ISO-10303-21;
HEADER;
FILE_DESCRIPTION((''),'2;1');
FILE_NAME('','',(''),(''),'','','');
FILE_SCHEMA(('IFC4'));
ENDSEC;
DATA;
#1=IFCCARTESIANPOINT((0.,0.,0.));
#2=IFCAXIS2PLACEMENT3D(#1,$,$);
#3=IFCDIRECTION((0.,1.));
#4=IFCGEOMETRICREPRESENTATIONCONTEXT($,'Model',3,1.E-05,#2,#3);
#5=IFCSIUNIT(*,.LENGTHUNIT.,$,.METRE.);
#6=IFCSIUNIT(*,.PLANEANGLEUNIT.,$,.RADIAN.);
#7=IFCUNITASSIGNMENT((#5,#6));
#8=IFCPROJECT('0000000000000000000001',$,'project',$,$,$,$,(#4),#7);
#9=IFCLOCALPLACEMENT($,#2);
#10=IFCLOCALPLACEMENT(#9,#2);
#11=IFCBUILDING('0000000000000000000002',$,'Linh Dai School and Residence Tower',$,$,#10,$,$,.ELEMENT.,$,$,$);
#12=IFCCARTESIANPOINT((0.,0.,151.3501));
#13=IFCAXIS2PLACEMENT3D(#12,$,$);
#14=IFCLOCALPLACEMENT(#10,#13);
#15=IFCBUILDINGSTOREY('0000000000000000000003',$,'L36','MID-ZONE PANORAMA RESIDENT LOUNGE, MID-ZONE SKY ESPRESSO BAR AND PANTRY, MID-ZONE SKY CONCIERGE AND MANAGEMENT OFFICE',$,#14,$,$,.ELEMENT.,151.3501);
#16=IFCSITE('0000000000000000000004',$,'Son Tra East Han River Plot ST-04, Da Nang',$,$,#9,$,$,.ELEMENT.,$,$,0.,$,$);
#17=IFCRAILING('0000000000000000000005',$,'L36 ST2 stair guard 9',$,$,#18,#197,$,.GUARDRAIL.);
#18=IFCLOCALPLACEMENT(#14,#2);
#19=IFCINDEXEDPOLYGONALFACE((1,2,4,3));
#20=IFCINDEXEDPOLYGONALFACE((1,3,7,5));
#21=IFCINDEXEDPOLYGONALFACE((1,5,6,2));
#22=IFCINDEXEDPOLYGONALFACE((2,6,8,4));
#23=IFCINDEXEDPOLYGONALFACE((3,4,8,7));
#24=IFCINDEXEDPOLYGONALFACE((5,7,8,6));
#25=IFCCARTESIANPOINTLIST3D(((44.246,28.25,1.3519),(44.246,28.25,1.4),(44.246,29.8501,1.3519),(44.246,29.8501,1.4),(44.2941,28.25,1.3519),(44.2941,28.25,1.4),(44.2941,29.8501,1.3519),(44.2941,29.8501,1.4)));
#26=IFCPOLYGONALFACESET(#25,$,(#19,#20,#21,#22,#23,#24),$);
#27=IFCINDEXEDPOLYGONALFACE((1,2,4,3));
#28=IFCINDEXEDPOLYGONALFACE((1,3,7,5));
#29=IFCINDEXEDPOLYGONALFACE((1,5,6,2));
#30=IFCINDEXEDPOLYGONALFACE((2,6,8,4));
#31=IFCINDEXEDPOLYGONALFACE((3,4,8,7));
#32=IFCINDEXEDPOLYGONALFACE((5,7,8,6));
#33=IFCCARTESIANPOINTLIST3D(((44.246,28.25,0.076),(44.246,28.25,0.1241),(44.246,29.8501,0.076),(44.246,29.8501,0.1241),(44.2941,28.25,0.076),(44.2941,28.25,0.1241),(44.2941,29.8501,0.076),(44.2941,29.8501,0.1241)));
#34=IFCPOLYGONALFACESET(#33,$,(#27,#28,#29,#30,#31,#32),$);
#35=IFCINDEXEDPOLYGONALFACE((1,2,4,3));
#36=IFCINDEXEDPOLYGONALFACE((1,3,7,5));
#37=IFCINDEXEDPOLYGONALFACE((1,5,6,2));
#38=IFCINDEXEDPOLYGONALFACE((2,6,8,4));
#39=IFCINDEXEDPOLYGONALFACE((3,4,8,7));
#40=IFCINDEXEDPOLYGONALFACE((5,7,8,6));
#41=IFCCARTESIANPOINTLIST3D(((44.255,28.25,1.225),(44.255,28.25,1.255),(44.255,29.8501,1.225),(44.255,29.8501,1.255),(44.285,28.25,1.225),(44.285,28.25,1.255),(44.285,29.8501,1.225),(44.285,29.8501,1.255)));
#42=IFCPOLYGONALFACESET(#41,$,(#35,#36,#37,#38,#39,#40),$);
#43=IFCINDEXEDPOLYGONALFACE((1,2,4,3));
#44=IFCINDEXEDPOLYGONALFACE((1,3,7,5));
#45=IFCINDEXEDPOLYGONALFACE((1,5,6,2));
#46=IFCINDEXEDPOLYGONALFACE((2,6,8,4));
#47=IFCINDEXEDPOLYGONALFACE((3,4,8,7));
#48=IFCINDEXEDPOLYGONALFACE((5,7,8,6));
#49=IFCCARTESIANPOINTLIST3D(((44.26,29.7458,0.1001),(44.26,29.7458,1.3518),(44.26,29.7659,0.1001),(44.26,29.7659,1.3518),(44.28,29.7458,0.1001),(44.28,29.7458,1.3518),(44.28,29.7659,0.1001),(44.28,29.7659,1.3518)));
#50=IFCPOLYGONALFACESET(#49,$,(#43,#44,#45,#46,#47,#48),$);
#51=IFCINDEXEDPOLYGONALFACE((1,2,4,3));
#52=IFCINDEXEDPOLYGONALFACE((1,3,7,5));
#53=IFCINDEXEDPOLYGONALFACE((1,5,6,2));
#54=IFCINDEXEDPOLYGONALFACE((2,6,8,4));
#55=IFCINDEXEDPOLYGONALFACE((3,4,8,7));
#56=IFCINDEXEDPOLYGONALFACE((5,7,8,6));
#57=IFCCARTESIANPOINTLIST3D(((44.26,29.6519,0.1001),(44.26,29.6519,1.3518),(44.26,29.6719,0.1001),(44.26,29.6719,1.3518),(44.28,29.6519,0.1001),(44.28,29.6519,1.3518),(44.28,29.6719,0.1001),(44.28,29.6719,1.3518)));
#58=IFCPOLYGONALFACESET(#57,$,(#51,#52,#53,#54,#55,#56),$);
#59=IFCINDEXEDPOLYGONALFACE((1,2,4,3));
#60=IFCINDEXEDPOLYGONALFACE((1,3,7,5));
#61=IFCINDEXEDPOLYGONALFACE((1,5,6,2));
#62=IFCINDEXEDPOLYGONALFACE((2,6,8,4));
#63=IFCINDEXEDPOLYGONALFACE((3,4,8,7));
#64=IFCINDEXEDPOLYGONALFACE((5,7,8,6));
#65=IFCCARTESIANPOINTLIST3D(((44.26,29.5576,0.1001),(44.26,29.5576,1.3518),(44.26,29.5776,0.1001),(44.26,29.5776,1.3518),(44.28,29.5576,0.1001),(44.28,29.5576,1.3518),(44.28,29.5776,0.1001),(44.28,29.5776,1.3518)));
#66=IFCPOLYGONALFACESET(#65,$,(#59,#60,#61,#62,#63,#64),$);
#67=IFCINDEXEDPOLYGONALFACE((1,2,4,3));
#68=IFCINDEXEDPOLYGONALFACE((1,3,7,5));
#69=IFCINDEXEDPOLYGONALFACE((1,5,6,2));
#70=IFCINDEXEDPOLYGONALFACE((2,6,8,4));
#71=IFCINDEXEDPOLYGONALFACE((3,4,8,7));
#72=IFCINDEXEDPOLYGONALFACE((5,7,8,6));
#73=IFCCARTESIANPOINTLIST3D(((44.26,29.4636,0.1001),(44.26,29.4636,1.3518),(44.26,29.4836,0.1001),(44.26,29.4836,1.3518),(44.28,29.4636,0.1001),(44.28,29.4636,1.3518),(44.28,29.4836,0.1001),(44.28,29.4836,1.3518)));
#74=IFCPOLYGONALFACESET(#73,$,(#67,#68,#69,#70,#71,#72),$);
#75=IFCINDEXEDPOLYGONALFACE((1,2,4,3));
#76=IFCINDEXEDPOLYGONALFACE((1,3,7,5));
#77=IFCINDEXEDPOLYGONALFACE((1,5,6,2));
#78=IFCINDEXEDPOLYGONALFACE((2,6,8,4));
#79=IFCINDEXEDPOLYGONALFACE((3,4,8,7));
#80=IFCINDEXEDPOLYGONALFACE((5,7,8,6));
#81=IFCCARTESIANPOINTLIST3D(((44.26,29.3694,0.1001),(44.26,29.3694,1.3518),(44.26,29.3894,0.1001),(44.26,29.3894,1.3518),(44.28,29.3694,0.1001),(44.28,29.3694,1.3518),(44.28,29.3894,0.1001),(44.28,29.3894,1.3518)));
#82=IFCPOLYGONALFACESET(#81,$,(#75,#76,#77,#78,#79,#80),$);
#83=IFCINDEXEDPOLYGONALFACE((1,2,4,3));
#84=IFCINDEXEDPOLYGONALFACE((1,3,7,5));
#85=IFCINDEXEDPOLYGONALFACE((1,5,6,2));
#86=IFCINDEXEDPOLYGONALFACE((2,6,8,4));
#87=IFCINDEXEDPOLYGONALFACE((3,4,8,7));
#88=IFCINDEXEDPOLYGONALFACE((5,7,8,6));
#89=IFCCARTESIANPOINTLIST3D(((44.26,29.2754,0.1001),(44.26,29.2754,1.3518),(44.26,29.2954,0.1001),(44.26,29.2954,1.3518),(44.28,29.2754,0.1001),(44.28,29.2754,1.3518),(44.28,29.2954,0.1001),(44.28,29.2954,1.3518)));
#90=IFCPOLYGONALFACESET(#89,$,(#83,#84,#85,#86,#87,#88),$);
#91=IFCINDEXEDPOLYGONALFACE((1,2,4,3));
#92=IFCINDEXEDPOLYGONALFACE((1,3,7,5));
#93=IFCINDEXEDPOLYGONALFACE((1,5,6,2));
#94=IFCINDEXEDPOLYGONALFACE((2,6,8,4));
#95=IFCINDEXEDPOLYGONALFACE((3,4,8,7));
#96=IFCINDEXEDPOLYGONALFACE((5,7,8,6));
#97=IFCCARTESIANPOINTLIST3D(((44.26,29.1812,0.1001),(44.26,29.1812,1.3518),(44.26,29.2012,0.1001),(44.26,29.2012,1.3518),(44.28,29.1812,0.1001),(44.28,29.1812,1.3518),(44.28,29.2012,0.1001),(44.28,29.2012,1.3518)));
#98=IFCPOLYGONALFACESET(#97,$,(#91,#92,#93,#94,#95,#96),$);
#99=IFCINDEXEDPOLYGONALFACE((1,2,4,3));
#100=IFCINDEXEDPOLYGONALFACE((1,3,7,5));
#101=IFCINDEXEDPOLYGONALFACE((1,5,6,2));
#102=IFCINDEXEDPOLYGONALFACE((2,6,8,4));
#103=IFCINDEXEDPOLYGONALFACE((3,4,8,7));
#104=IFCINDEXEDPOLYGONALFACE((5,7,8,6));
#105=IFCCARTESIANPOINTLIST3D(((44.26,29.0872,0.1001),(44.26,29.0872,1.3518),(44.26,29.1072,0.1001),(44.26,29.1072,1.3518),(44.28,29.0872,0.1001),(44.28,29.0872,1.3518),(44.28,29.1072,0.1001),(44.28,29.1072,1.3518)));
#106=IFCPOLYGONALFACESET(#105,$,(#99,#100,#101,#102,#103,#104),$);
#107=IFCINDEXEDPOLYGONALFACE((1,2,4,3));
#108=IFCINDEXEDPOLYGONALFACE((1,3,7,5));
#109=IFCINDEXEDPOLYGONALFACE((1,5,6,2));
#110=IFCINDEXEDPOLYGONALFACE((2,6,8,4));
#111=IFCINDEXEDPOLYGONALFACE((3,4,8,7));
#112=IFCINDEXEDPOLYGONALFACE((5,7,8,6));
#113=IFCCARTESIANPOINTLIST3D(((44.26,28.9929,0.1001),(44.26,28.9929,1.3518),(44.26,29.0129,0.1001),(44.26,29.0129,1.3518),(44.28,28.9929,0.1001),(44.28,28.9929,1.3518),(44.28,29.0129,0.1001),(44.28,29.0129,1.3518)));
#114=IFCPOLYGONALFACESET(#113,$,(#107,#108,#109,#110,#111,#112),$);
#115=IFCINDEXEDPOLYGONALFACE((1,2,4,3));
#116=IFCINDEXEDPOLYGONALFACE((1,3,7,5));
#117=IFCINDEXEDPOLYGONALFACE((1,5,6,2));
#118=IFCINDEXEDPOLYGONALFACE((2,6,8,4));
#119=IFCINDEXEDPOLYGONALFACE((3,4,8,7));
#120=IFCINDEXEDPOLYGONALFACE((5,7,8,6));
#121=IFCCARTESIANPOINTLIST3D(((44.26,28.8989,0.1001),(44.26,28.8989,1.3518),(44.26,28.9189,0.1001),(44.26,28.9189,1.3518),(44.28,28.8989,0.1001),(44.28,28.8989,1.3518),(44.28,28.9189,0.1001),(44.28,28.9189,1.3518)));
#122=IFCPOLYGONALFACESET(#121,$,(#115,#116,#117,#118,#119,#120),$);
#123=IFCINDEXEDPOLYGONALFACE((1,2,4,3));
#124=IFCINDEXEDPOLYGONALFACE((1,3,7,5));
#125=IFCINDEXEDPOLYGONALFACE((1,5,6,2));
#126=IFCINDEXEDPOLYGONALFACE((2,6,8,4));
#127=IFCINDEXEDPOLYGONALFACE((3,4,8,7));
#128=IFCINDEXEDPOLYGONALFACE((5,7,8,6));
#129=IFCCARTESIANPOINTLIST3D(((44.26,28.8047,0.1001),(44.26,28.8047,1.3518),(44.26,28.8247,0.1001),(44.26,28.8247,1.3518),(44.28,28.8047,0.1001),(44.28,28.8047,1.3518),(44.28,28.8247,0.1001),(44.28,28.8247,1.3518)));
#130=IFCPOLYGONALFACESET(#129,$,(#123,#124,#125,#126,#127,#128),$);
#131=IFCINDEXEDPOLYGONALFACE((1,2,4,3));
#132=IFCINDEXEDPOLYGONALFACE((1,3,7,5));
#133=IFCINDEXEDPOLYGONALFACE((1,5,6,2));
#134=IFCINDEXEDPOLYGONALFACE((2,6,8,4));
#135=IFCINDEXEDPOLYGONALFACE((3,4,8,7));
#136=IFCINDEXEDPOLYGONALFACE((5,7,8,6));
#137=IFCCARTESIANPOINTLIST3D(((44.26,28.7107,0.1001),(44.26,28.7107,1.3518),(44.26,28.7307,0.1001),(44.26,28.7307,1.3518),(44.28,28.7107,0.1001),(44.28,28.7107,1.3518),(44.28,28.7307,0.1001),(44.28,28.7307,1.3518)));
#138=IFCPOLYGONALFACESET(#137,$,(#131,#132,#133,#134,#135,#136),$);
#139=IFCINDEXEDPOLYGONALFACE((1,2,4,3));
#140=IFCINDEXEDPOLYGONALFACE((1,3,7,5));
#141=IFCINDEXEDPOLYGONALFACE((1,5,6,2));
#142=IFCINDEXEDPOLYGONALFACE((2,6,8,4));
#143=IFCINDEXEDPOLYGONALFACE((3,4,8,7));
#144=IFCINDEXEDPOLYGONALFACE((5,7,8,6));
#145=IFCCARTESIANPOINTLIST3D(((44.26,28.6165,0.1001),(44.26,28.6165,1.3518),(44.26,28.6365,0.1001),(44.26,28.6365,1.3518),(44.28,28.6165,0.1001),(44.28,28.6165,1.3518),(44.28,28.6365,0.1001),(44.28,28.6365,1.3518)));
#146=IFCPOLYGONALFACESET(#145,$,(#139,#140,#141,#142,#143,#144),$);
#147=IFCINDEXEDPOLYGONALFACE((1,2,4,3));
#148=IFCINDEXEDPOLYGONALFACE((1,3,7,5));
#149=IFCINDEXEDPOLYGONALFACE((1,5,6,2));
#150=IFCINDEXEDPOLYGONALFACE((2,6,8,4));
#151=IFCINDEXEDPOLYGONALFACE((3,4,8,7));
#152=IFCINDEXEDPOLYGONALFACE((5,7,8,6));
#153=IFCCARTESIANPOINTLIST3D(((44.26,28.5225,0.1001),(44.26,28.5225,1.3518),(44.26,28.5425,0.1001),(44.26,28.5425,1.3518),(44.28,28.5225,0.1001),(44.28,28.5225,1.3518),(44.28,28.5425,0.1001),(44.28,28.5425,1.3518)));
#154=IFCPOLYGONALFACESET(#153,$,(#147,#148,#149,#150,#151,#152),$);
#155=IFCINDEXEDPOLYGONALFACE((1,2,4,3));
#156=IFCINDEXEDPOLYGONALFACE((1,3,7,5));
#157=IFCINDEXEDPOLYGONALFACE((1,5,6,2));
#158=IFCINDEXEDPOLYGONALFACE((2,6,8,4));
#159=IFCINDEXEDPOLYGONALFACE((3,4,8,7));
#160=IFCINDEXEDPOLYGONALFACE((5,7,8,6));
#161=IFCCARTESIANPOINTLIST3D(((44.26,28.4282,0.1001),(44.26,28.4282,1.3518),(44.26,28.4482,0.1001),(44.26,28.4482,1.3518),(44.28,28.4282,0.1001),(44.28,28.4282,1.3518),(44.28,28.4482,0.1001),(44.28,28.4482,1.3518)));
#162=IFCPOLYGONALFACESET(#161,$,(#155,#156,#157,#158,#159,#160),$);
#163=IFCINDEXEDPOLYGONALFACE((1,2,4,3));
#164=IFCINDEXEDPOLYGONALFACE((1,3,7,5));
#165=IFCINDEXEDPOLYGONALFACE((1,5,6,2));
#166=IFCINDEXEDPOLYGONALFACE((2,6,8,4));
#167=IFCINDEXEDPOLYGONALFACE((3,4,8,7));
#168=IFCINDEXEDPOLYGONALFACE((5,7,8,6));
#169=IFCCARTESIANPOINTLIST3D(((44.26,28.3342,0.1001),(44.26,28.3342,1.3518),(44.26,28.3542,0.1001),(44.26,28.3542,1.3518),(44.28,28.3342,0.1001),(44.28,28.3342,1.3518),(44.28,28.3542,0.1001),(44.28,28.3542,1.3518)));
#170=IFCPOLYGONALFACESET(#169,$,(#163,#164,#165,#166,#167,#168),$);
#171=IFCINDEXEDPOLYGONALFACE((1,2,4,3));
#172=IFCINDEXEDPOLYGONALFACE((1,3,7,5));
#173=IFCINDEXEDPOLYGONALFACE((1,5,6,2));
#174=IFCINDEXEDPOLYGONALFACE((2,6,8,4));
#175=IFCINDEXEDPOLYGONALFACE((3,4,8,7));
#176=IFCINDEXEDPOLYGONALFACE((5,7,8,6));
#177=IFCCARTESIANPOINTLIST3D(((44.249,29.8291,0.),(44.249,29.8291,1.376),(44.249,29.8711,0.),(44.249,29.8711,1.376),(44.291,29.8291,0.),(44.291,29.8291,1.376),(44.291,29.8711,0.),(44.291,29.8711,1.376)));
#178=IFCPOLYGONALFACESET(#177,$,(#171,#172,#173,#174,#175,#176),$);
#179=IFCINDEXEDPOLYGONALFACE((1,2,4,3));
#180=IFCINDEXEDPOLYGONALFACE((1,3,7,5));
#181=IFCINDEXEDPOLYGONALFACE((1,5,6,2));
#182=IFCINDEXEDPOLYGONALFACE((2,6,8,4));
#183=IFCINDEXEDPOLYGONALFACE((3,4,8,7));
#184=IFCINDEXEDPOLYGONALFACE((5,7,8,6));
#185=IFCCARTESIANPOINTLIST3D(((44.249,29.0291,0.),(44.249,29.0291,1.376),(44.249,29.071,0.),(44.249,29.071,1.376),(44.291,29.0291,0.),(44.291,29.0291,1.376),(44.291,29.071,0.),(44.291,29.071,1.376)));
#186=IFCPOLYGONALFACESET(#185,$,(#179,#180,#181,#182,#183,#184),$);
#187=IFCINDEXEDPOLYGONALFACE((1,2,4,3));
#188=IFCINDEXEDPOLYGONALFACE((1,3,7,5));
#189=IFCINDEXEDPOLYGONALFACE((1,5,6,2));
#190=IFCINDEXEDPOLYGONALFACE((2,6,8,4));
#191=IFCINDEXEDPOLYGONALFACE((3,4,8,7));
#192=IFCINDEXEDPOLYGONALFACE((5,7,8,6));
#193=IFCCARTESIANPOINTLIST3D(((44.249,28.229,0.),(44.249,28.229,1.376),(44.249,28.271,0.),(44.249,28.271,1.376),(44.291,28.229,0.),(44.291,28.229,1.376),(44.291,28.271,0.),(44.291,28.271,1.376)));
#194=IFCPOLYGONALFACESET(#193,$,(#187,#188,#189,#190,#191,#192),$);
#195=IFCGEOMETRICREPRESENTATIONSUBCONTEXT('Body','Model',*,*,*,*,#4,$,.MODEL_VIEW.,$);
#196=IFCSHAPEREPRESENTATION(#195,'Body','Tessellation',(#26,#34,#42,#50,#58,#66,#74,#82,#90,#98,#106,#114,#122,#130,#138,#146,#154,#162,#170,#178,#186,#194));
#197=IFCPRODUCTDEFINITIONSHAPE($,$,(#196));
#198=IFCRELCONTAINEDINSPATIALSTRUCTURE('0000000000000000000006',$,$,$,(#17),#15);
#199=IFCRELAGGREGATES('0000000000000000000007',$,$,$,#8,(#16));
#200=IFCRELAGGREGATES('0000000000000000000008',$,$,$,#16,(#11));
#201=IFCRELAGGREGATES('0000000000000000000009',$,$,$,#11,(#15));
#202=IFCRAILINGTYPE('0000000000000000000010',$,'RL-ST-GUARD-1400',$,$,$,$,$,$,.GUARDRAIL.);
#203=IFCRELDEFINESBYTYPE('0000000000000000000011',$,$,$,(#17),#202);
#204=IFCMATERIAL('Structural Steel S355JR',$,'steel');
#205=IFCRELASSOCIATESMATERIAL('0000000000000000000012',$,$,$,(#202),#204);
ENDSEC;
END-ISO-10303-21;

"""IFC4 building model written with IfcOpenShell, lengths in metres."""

from ifc_helpers import new_model, si_unit, direction, frame, origin, origin_2d, place, context, subcontext, project, spatial, rectangle, extrude, source, transform, mapped, material, type_object, element, save


model = new_model("IFC4")

# Units and contexts
model_context = context("Model", 3, precision=1e-05, world=origin(), true_north=direction((0.0, 1.0)))
body_context = subcontext(model_context, "Body", "Model", "MODEL_VIEW")
ifc_project = project(units=[si_unit("LENGTHUNIT", "METRE"), si_unit("PLANEANGLEUNIT", "RADIAN")], contexts=[model_context])

# Site, building, storey
site_placement = place(None, origin())
site = spatial("IfcSite", under=ifc_project, at=site_placement, Name="Son Tra East Han River Plot ST-04, Da Nang", CompositionType="ELEMENT", RefElevation=0.0)
building_placement = place(site_placement, origin())
building = spatial("IfcBuilding", under=site, at=building_placement, Name="Linh Dai School and Residence Tower", CompositionType="ELEMENT")
storey_placement = place(building_placement, frame((0.0, 0.0, 151.3501)))
storey = spatial("IfcBuildingStorey", under=building, at=storey_placement, Name="L36", Description="MID-ZONE PANORAMA RESIDENT LOUNGE, MID-ZONE SKY ESPRESSO BAR AND PANTRY, MID-ZONE SKY CONCIERGE AND MANAGEMENT OFFICE", CompositionType="ELEMENT", Elevation=151.3501)

# Shared definitions
ifc_material_1 = material(Name="Structural Steel S355JR", Category="steel")

# Railing
railing_type_1 = type_object("IfcRailingType", Name="RL-ST-GUARD-1400", PredefinedType="GUARDRAIL", material=ifc_material_1)
shared_shape_1 = source(origin(), body_context, "Body", "SweptSolid", [
    extrude(rectangle(XDim=0.0481, YDim=0.0481, at=origin_2d()), frame((0.0, 0.0, 1.376), z_axis=(0.0, -1.0, 0.0), x_axis=(1.0, 0.0, 0.0)), (0.0, 0.0, 1.0), 1.6001),
    extrude(rectangle(XDim=0.0481, YDim=0.0481, at=origin_2d()), frame((0.0, 0.0, 0.1001), z_axis=(0.0, -1.0, 0.0), x_axis=(1.0, 0.0, 0.0)), (0.0, 0.0, 1.0), 1.6001),
    extrude(rectangle(XDim=0.03, YDim=0.03, at=origin_2d()), frame((0.0, 0.0, 1.24), z_axis=(0.0, -1.0, 0.0), x_axis=(1.0, 0.0, 0.0)), (0.0, 0.0, 1.0), 1.6001),
    extrude(rectangle(XDim=0.02, YDim=0.02, at=origin_2d()), frame((0.0, -0.0942, 0.1001)), (0.0, 0.0, 1.0), 1.2517),
    extrude(rectangle(XDim=0.02, YDim=0.02, at=origin_2d()), frame((0.0, -0.1882, 0.1001)), (0.0, 0.0, 1.0), 1.2517),
    extrude(rectangle(XDim=0.02, YDim=0.02, at=origin_2d()), frame((0.0, -0.2825, 0.1001)), (0.0, 0.0, 1.0), 1.2517),
    extrude(rectangle(XDim=0.02, YDim=0.02, at=origin_2d()), frame((0.0, -0.3765, 0.1001)), (0.0, 0.0, 1.0), 1.2517),
    extrude(rectangle(XDim=0.02, YDim=0.02, at=origin_2d()), frame((0.0, -0.4707, 0.1001)), (0.0, 0.0, 1.0), 1.2517),
    extrude(rectangle(XDim=0.02, YDim=0.02, at=origin_2d()), frame((0.0, -0.5647, 0.1001)), (0.0, 0.0, 1.0), 1.2517),
    extrude(rectangle(XDim=0.02, YDim=0.02, at=origin_2d()), frame((0.0, -0.6589, 0.1001)), (0.0, 0.0, 1.0), 1.2517),
    extrude(rectangle(XDim=0.02, YDim=0.02, at=origin_2d()), frame((0.0, -0.7529, 0.1001)), (0.0, 0.0, 1.0), 1.2517),
    extrude(rectangle(XDim=0.02, YDim=0.02, at=origin_2d()), frame((0.0, -0.8472, 0.1001)), (0.0, 0.0, 1.0), 1.2517),
    extrude(rectangle(XDim=0.02, YDim=0.02, at=origin_2d()), frame((0.0, -0.9412, 0.1001)), (0.0, 0.0, 1.0), 1.2517),
    extrude(rectangle(XDim=0.02, YDim=0.02, at=origin_2d()), frame((0.0, -1.0354, 0.1001)), (0.0, 0.0, 1.0), 1.2517),
    extrude(rectangle(XDim=0.02, YDim=0.02, at=origin_2d()), frame((0.0, -1.1294, 0.1001)), (0.0, 0.0, 1.0), 1.2517),
    extrude(rectangle(XDim=0.02, YDim=0.02, at=origin_2d()), frame((0.0, -1.2236, 0.1001)), (0.0, 0.0, 1.0), 1.2517),
    extrude(rectangle(XDim=0.02, YDim=0.02, at=origin_2d()), frame((0.0, -1.3176, 0.1001)), (0.0, 0.0, 1.0), 1.2517),
    extrude(rectangle(XDim=0.02, YDim=0.02, at=origin_2d()), frame((0.0, -1.4119, 0.1001)), (0.0, 0.0, 1.0), 1.2517),
    extrude(rectangle(XDim=0.02, YDim=0.02, at=origin_2d()), frame((0.0, -1.5059, 0.1001)), (0.0, 0.0, 1.0), 1.2517),
    extrude(rectangle(XDim=0.042, YDim=0.042, at=origin_2d()), origin(), (0.0, 0.0, 1.0), 1.376),
    extrude(rectangle(XDim=0.042, YDim=0.042, at=origin_2d()), frame((0.0, -0.8, 0.0)), (0.0, 0.0, 1.0), 1.376),
    extrude(rectangle(XDim=0.042, YDim=0.042, at=origin_2d()), frame((0.0, -1.6001, 0.0)), (0.0, 0.0, 1.0), 1.376),
])
for number, where, name in (
    (1, (44.27, 29.8501, 0.0), "L36 ST2 stair guard 9"),
):
    element("IfcRailing", number, at=place(storey_placement, frame(where)), inside=storey, type_object=railing_type_1, Name=name, PredefinedType="GUARDRAIL", context=body_context, shape_type="MappedRepresentation", body=[
        mapped(shared_shape_1, transform((0.0, 0.0, 0.0), x_axis=(1.0, 0.0, 0.0), y_axis=(0.0, 1.0, 0.0), z_axis=(0.0, 0.0, 1.0), scale=1.0)),
    ])

save(model, "model.ifc")
